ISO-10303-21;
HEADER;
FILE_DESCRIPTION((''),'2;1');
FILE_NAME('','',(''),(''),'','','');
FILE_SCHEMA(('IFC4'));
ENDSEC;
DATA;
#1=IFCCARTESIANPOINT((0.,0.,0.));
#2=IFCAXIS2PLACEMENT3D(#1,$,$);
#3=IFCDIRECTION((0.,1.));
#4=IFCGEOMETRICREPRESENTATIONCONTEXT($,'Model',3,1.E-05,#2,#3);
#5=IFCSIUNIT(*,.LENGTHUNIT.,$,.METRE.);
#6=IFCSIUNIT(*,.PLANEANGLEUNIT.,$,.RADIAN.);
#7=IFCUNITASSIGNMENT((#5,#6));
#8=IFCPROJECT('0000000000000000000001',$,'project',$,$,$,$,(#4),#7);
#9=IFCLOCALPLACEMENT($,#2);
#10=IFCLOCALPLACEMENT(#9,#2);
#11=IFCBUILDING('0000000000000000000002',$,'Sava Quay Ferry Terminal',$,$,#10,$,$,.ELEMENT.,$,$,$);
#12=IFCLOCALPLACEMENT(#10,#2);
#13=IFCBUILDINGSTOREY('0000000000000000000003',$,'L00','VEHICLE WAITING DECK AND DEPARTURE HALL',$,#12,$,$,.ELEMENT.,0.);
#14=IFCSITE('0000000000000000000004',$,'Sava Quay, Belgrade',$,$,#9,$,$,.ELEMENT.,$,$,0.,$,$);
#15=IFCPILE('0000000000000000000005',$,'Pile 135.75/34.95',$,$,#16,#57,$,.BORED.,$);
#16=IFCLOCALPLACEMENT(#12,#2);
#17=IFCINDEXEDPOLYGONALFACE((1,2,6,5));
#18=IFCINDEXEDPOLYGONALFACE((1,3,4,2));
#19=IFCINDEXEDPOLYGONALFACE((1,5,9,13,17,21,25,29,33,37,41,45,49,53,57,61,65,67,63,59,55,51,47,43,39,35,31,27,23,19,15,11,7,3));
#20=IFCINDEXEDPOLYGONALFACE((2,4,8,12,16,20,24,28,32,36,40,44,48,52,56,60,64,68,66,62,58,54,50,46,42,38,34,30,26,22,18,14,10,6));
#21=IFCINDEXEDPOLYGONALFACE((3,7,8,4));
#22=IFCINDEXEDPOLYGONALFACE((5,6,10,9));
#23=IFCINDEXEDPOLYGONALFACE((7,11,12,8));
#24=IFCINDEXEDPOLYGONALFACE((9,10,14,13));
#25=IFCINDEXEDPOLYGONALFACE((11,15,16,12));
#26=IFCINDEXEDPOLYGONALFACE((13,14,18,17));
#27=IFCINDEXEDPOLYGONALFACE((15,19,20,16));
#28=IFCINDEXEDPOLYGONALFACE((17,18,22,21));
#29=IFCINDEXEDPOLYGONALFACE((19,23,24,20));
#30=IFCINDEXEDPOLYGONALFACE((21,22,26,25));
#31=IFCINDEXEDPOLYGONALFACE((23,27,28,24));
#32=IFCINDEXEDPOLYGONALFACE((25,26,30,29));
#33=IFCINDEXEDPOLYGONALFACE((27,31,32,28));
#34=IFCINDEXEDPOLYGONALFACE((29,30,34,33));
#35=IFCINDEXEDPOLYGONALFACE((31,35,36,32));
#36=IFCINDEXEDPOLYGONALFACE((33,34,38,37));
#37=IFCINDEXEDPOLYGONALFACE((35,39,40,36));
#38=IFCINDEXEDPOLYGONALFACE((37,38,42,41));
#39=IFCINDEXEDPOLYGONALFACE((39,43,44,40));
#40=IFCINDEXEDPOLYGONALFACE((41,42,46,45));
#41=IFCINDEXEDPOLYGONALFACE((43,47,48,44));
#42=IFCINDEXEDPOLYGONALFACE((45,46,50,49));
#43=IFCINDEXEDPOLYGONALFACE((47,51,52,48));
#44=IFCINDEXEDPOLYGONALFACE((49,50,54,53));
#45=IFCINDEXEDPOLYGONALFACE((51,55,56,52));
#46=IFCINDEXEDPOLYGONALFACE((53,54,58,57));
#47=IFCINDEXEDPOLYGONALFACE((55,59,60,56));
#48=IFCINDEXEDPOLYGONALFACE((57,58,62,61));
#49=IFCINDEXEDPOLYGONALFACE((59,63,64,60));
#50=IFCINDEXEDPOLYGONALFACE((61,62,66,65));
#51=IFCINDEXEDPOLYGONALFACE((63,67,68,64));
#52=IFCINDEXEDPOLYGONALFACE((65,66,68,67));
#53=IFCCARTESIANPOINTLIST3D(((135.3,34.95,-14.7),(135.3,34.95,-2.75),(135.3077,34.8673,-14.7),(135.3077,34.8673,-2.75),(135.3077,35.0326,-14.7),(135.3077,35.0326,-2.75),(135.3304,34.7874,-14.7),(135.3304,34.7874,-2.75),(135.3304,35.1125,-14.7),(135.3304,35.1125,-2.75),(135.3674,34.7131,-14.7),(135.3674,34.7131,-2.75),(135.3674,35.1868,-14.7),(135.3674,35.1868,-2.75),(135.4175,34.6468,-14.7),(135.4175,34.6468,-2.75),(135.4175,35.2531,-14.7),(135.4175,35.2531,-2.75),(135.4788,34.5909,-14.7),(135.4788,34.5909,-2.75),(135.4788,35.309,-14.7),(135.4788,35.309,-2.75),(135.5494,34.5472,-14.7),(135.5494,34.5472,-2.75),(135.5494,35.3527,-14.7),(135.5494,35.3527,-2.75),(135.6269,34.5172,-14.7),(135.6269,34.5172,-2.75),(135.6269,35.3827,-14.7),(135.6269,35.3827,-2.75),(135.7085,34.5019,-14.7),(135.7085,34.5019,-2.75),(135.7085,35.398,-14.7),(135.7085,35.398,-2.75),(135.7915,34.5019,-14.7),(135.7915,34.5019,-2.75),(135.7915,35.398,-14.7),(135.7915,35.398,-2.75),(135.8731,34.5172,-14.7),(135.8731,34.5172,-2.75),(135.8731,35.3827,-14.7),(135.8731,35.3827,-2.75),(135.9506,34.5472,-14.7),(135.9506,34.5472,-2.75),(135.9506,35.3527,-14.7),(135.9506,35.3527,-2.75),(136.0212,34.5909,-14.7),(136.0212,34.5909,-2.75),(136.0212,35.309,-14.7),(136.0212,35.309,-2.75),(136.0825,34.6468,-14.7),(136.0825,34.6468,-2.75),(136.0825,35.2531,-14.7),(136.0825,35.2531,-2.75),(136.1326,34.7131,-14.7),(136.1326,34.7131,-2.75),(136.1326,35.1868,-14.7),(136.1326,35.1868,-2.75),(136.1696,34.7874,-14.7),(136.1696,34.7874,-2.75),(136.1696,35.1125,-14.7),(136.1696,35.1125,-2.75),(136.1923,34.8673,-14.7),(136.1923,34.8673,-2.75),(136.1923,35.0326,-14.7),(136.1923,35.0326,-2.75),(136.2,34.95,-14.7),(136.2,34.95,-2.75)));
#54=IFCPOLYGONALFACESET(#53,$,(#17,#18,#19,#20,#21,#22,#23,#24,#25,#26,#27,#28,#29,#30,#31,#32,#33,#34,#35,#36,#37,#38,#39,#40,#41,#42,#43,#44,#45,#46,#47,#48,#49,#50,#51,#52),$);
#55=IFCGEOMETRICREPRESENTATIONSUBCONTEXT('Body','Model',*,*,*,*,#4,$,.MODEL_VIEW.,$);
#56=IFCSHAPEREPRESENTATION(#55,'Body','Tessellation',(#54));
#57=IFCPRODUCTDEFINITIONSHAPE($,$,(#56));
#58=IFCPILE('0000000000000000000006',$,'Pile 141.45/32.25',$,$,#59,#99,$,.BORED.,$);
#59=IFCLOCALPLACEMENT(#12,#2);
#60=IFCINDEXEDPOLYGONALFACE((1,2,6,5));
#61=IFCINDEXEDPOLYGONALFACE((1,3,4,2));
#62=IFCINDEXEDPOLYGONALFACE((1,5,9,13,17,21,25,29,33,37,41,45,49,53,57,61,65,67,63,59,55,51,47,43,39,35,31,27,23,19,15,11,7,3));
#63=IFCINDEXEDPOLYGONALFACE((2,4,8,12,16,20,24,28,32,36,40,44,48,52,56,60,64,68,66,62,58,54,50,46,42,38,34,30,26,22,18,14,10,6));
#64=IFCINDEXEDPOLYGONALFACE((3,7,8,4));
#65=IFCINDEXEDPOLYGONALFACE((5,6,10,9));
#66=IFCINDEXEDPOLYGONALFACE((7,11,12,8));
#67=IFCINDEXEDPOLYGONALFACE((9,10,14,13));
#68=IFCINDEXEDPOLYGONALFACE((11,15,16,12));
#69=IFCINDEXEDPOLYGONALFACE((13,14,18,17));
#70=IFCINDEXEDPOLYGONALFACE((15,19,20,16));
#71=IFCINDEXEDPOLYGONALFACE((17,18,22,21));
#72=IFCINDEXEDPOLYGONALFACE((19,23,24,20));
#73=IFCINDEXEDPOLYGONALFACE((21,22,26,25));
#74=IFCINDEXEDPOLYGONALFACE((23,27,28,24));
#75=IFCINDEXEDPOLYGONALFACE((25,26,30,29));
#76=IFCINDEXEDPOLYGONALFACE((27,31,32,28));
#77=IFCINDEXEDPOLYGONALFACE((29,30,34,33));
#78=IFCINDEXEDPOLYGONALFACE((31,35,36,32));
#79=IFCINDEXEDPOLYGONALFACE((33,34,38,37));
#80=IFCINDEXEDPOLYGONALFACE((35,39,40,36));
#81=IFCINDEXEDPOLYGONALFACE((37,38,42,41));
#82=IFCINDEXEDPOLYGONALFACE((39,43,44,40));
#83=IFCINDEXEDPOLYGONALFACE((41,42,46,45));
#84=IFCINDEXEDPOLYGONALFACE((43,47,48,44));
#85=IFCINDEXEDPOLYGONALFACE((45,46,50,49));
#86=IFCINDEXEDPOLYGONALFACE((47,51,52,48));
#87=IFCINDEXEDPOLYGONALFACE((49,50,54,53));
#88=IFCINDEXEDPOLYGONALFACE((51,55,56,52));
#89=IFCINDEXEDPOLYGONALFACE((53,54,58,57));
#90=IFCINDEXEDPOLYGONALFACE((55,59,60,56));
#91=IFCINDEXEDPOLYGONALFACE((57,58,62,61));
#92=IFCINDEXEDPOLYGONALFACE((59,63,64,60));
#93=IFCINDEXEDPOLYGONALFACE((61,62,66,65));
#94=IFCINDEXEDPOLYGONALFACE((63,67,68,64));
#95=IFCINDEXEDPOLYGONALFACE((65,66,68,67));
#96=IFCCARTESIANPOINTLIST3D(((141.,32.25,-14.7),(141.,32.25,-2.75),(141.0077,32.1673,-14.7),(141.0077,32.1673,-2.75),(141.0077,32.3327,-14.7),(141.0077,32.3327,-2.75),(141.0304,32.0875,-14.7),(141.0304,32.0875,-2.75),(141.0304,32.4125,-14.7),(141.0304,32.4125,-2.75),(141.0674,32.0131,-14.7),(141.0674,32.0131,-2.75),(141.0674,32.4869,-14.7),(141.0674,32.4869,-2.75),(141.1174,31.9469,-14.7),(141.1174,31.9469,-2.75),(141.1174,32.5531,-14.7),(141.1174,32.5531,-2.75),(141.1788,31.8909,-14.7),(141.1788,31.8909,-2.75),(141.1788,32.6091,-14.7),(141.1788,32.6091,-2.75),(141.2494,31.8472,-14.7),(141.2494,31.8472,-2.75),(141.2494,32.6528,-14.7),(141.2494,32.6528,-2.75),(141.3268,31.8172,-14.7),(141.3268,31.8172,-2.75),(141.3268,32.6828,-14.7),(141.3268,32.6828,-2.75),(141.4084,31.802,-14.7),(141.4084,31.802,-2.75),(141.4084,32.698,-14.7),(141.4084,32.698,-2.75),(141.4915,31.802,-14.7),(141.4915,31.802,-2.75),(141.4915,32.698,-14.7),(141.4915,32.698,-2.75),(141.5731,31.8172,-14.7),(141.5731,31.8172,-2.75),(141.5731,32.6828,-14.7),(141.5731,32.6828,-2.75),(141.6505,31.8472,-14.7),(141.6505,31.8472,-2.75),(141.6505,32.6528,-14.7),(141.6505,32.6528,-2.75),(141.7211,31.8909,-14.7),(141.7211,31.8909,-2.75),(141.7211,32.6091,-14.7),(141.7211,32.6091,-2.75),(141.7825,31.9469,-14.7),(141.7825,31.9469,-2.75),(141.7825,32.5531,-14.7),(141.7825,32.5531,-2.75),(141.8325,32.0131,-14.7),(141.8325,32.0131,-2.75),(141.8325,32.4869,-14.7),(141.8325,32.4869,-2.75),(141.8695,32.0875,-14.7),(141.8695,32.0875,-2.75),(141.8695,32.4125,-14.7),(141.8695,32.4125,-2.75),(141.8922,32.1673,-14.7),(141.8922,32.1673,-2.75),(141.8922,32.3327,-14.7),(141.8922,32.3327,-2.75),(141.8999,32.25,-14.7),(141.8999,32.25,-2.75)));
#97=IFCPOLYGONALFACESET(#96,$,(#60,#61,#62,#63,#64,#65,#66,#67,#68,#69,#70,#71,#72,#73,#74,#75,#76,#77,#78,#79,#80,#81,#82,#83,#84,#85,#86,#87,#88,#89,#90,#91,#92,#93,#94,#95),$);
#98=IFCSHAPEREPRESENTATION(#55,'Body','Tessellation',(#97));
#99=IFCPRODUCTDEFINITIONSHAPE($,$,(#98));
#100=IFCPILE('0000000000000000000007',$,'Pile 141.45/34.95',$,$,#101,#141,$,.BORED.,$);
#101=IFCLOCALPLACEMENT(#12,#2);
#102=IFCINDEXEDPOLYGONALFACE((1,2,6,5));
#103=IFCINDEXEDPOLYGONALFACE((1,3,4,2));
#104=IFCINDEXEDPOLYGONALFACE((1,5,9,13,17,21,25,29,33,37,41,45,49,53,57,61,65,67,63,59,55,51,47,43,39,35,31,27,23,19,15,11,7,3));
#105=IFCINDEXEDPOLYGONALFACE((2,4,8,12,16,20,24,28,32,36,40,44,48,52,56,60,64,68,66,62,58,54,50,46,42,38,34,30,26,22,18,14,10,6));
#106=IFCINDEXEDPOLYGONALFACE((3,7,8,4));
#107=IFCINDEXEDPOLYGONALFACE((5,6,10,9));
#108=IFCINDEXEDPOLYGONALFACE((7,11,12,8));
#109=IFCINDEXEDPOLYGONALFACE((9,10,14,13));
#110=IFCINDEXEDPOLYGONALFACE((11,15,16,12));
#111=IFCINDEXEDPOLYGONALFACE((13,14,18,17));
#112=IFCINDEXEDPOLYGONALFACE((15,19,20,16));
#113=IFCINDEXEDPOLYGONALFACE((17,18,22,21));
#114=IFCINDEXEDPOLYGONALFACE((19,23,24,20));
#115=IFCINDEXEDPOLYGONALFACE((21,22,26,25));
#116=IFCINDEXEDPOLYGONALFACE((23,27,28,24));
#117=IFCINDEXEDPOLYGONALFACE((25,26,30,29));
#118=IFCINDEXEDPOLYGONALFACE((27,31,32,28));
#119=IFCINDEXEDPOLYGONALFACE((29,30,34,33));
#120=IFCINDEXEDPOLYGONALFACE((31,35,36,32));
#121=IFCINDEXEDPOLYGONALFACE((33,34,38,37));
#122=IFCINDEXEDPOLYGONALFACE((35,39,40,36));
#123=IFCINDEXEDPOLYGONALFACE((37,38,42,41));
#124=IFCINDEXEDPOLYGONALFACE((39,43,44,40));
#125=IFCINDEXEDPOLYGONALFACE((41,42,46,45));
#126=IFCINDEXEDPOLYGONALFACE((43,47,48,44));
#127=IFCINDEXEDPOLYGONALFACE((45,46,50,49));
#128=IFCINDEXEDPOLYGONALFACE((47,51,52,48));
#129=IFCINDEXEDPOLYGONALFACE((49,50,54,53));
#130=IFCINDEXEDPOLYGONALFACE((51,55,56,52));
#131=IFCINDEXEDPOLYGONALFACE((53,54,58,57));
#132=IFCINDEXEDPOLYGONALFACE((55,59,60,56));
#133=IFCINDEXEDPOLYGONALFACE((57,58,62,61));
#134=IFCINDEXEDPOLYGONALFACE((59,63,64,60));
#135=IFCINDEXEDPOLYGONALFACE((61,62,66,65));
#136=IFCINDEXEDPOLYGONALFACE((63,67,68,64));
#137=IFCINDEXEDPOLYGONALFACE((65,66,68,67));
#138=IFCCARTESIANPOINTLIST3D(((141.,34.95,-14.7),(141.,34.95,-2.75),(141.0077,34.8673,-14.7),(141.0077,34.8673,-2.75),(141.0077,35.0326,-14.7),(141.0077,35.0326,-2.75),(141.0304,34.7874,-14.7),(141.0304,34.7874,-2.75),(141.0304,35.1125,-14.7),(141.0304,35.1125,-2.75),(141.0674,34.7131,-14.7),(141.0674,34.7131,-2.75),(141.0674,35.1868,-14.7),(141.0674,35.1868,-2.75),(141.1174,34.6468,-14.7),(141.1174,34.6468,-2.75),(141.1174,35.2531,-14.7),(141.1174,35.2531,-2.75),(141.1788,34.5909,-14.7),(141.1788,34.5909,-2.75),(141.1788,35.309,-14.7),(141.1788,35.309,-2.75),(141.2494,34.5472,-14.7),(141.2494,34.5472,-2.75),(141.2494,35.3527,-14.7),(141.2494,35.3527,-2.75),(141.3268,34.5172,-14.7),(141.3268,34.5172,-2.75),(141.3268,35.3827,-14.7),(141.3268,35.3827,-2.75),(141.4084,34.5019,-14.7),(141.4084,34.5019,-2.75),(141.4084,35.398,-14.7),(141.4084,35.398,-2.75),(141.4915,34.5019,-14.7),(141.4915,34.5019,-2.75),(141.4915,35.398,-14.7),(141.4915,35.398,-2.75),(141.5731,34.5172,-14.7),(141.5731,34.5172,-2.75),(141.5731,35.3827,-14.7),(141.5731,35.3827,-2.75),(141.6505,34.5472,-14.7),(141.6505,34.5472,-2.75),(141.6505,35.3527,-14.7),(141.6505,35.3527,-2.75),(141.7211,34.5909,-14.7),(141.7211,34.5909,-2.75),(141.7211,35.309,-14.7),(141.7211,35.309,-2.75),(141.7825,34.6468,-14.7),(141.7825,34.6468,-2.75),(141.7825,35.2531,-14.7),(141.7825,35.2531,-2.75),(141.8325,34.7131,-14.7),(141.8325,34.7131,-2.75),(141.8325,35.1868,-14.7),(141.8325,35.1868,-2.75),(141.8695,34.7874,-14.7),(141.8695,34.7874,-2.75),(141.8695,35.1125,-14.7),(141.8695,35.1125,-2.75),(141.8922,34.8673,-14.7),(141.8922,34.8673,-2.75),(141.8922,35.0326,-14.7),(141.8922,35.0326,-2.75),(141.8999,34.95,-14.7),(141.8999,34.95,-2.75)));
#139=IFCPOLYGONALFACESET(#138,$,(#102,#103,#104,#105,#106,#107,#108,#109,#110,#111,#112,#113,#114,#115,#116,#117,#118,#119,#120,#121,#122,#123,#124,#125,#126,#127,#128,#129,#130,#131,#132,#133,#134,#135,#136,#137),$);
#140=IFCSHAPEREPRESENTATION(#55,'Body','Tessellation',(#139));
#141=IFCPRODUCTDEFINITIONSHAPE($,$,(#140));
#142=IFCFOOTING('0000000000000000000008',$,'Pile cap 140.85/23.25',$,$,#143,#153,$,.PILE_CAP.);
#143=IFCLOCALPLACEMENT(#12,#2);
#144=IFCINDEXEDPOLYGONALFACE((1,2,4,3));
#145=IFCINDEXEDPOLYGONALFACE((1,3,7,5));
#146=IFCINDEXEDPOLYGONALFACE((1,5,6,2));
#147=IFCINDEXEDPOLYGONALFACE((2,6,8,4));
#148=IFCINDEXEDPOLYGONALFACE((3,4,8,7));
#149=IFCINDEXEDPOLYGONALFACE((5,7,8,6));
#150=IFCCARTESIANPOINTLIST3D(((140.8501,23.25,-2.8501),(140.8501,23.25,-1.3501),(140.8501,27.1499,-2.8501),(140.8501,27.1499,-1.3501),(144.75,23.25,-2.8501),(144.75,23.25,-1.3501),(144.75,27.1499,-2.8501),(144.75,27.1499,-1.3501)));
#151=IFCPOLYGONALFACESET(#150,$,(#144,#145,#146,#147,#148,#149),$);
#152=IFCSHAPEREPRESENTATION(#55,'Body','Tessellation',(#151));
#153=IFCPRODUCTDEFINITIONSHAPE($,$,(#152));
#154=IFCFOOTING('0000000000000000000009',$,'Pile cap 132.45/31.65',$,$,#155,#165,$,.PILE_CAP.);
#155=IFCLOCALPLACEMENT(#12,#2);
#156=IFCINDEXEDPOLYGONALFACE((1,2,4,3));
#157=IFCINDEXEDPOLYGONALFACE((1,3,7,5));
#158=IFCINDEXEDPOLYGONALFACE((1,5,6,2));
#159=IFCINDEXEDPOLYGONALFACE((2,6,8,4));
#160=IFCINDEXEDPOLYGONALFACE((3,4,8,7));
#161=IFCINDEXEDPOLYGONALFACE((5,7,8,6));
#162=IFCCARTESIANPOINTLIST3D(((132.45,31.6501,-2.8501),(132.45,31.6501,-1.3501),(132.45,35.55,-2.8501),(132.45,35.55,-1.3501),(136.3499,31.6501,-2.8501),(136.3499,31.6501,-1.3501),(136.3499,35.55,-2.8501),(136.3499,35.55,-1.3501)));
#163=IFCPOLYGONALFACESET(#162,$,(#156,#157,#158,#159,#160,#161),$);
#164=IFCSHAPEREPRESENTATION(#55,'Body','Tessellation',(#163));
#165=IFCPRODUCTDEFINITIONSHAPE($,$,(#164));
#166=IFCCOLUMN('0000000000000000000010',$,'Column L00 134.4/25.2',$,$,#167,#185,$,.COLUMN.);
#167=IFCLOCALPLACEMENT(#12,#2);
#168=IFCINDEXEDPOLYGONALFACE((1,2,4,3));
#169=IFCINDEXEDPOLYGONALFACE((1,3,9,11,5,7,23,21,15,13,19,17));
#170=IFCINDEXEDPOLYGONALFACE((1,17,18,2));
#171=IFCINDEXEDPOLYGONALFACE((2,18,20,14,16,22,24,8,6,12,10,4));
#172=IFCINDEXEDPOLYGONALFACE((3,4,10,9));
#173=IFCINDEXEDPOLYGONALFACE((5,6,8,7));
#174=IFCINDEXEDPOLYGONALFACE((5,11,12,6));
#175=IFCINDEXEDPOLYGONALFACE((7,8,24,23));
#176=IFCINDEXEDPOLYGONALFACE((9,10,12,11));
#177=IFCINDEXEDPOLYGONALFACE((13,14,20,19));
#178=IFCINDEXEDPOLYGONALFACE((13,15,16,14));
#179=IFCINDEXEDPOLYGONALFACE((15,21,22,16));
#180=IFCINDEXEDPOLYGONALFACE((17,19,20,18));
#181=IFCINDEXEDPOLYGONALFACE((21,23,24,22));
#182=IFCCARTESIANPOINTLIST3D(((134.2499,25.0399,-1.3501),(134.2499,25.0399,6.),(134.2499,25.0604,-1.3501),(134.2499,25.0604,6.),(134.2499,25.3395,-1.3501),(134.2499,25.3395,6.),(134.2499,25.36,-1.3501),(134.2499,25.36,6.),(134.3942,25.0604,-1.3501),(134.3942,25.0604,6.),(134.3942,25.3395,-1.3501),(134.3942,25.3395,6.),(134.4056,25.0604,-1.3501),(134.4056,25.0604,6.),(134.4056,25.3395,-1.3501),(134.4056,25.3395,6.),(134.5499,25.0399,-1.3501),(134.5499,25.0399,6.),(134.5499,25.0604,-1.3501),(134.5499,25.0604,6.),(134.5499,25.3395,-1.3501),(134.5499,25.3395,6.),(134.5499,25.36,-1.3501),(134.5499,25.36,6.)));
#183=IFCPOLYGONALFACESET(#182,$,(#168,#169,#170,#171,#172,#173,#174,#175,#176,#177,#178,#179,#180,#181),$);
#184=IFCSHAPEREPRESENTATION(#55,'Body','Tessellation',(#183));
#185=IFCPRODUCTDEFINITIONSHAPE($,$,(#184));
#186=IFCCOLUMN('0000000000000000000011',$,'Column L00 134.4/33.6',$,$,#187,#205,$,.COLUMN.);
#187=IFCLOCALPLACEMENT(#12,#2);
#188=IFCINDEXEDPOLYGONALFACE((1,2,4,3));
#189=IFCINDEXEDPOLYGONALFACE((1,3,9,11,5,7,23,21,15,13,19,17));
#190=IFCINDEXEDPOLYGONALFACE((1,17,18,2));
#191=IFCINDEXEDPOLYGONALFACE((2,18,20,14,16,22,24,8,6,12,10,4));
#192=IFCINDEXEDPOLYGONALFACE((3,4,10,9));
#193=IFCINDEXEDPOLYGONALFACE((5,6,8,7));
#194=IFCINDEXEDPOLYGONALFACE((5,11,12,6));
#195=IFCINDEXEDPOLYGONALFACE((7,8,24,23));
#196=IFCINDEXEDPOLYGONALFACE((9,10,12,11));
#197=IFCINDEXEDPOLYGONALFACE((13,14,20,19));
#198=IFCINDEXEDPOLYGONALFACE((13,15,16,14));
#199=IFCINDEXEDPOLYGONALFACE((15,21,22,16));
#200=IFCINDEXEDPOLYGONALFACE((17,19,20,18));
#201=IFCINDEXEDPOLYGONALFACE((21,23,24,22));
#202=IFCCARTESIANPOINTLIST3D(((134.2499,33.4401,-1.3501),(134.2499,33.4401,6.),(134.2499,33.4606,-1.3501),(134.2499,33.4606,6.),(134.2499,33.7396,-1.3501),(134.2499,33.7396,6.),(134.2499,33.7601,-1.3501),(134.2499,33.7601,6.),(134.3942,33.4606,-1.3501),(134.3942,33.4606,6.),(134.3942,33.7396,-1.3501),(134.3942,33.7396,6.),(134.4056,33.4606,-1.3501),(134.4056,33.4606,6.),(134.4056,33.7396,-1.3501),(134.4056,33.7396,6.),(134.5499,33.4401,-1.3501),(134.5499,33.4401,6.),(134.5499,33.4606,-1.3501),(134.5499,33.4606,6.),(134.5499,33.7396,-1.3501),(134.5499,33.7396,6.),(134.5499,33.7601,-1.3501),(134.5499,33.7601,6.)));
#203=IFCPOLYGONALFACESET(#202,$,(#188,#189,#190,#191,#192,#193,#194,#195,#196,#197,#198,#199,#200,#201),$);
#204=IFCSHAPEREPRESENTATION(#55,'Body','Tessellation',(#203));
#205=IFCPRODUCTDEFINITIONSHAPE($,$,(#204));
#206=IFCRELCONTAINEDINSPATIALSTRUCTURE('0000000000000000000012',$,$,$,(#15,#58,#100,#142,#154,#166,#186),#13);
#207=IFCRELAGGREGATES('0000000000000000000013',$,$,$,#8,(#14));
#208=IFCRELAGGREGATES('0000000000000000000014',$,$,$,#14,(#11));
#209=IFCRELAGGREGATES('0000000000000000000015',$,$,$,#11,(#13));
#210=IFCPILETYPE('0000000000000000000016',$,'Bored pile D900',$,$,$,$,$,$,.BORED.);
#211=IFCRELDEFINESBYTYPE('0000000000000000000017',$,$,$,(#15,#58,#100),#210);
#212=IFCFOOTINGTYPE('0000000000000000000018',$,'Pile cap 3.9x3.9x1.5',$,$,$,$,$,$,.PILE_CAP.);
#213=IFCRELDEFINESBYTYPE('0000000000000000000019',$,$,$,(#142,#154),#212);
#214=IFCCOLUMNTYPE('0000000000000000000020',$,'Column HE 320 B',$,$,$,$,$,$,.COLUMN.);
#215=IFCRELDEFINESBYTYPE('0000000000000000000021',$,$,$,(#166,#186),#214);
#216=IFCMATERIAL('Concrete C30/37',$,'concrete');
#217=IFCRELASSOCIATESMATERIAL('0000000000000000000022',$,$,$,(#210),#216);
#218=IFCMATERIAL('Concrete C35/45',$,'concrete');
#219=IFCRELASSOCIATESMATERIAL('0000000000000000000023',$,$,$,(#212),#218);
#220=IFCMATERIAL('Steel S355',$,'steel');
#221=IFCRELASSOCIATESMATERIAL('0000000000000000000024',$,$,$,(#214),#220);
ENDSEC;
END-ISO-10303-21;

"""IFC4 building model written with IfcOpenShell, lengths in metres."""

from ifc_helpers import new_model, si_unit, direction, frame, origin, origin_2d, place, context, subcontext, project, spatial, rectangle, circle, i_section, extrude, material, material_profile, profile_set, type_object, element, save


model = new_model("IFC4")

# Units and contexts
model_context = context("Model", 3, precision=1e-05, world=origin(), true_north=direction((0.0, 1.0)))
body_context = subcontext(model_context, "Body", "Model", "MODEL_VIEW")
ifc_project = project(units=[si_unit("LENGTHUNIT", "METRE"), si_unit("PLANEANGLEUNIT", "RADIAN")], contexts=[model_context])

# Site, building, storey
site_placement = place(None, origin())
site = spatial("IfcSite", under=ifc_project, at=site_placement, Name="Sava Quay, Belgrade", CompositionType="ELEMENT", RefElevation=0.0)
building_placement = place(site_placement, origin())
building = spatial("IfcBuilding", under=site, at=building_placement, Name="Sava Quay Ferry Terminal", CompositionType="ELEMENT")
storey_placement = place(building_placement, origin())
storey = spatial("IfcBuildingStorey", under=building, at=storey_placement, Name="L00", Description="VEHICLE WAITING DECK AND DEPARTURE HALL", CompositionType="ELEMENT", Elevation=0.0)

# Piles
ifc_material_1 = material(Name="Concrete C30/37", Category="concrete")
ifc_material_profile_1 = material_profile(ifc_material_1, circle(Radius=0.45, at=origin_2d()), Name="Bored pile D900")
ifc_profile_set_1 = profile_set([ifc_material_profile_1], Name="Concrete C30/37")
pile_type = type_object("IfcPileType", Name="Bored pile D900", PredefinedType="BORED", material=ifc_profile_set_1)
for number, where, z_axis, x_axis, name in (
    (1, (135.75, 34.95, -2.75), (0.0, 0.0, -1.0), (1.0, 0.0, 0.0), "Pile 135.75/34.95"),
    (2, (141.45, 32.25, -2.75), (0.0, 0.0, -1.0), (1.0, 0.0, 0.0), "Pile 141.45/32.25"),
    (3, (141.45, 34.95, -2.75), (0.0, 0.0, -1.0), (1.0, 0.0, 0.0), "Pile 141.45/34.95"),
):
    element("IfcPile", number, at=place(storey_placement, frame(where, z_axis=z_axis, x_axis=x_axis)), inside=storey, type_object=pile_type, Name=name, PredefinedType="BORED", context=body_context, shape_type="SweptSolid", body=[
        extrude(circle(Radius=0.45, at=origin_2d()), origin(), (0.0, 0.0, 1.0), 11.95),
    ])

# Footings
ifc_material_2 = material(Name="Concrete C35/45", Category="concrete")
footing_type = type_object("IfcFootingType", Name="Pile cap 3.9x3.9x1.5", PredefinedType="PILE_CAP", material=ifc_material_2)
for number, where, z_axis, x_axis, name in (
    (4, (142.8, 25.2, -2.8501), (0.0, 0.0, 1.0), (1.0, 0.0, 0.0), "Pile cap 140.85/23.25"),
    (5, (134.3999, 33.6001, -2.8501), (0.0, 0.0, 1.0), (1.0, 0.0, 0.0), "Pile cap 132.45/31.65"),
):
    element("IfcFooting", number, at=place(storey_placement, frame(where, z_axis=z_axis, x_axis=x_axis)), inside=storey, type_object=footing_type, Name=name, PredefinedType="PILE_CAP", context=body_context, shape_type="SweptSolid", body=[
        extrude(rectangle(XDim=3.8999, YDim=3.8999, at=origin_2d()), origin(), (0.0, 0.0, 1.0), 1.5),
    ])

# Columns
ifc_material_3 = material(Name="Steel S355", Category="steel")
ifc_material_profile_2 = material_profile(ifc_material_3, i_section(OverallWidth=0.3, OverallDepth=0.3201, WebThickness=0.0115, FlangeThickness=0.0205, at=origin_2d()), Name="HE 320 B")
ifc_profile_set_2 = profile_set([ifc_material_profile_2], Name="Steel S355")
column_type = type_object("IfcColumnType", Name="Column HE 320 B", PredefinedType="COLUMN", material=ifc_profile_set_2)
for number, where, z_axis, x_axis, name in (
    (6, (134.3999, 25.2, -1.3501), (0.0, 0.0, 1.0), (1.0, 0.0, 0.0), "Column L00 134.4/25.2"),
    (7, (134.3999, 33.6001, -1.3501), (0.0, 0.0, 1.0), (1.0, 0.0, 0.0), "Column L00 134.4/33.6"),
):
    element("IfcColumn", number, at=place(storey_placement, frame(where, z_axis=z_axis, x_axis=x_axis)), inside=storey, type_object=column_type, Name=name, PredefinedType="COLUMN", context=body_context, shape_type="SweptSolid", body=[
        extrude(i_section(OverallWidth=0.3, OverallDepth=0.3201, WebThickness=0.0115, FlangeThickness=0.0205, at=origin_2d()), origin(), (0.0, 0.0, 1.0), 7.3501),
    ])

save(model, "model.ifc")
